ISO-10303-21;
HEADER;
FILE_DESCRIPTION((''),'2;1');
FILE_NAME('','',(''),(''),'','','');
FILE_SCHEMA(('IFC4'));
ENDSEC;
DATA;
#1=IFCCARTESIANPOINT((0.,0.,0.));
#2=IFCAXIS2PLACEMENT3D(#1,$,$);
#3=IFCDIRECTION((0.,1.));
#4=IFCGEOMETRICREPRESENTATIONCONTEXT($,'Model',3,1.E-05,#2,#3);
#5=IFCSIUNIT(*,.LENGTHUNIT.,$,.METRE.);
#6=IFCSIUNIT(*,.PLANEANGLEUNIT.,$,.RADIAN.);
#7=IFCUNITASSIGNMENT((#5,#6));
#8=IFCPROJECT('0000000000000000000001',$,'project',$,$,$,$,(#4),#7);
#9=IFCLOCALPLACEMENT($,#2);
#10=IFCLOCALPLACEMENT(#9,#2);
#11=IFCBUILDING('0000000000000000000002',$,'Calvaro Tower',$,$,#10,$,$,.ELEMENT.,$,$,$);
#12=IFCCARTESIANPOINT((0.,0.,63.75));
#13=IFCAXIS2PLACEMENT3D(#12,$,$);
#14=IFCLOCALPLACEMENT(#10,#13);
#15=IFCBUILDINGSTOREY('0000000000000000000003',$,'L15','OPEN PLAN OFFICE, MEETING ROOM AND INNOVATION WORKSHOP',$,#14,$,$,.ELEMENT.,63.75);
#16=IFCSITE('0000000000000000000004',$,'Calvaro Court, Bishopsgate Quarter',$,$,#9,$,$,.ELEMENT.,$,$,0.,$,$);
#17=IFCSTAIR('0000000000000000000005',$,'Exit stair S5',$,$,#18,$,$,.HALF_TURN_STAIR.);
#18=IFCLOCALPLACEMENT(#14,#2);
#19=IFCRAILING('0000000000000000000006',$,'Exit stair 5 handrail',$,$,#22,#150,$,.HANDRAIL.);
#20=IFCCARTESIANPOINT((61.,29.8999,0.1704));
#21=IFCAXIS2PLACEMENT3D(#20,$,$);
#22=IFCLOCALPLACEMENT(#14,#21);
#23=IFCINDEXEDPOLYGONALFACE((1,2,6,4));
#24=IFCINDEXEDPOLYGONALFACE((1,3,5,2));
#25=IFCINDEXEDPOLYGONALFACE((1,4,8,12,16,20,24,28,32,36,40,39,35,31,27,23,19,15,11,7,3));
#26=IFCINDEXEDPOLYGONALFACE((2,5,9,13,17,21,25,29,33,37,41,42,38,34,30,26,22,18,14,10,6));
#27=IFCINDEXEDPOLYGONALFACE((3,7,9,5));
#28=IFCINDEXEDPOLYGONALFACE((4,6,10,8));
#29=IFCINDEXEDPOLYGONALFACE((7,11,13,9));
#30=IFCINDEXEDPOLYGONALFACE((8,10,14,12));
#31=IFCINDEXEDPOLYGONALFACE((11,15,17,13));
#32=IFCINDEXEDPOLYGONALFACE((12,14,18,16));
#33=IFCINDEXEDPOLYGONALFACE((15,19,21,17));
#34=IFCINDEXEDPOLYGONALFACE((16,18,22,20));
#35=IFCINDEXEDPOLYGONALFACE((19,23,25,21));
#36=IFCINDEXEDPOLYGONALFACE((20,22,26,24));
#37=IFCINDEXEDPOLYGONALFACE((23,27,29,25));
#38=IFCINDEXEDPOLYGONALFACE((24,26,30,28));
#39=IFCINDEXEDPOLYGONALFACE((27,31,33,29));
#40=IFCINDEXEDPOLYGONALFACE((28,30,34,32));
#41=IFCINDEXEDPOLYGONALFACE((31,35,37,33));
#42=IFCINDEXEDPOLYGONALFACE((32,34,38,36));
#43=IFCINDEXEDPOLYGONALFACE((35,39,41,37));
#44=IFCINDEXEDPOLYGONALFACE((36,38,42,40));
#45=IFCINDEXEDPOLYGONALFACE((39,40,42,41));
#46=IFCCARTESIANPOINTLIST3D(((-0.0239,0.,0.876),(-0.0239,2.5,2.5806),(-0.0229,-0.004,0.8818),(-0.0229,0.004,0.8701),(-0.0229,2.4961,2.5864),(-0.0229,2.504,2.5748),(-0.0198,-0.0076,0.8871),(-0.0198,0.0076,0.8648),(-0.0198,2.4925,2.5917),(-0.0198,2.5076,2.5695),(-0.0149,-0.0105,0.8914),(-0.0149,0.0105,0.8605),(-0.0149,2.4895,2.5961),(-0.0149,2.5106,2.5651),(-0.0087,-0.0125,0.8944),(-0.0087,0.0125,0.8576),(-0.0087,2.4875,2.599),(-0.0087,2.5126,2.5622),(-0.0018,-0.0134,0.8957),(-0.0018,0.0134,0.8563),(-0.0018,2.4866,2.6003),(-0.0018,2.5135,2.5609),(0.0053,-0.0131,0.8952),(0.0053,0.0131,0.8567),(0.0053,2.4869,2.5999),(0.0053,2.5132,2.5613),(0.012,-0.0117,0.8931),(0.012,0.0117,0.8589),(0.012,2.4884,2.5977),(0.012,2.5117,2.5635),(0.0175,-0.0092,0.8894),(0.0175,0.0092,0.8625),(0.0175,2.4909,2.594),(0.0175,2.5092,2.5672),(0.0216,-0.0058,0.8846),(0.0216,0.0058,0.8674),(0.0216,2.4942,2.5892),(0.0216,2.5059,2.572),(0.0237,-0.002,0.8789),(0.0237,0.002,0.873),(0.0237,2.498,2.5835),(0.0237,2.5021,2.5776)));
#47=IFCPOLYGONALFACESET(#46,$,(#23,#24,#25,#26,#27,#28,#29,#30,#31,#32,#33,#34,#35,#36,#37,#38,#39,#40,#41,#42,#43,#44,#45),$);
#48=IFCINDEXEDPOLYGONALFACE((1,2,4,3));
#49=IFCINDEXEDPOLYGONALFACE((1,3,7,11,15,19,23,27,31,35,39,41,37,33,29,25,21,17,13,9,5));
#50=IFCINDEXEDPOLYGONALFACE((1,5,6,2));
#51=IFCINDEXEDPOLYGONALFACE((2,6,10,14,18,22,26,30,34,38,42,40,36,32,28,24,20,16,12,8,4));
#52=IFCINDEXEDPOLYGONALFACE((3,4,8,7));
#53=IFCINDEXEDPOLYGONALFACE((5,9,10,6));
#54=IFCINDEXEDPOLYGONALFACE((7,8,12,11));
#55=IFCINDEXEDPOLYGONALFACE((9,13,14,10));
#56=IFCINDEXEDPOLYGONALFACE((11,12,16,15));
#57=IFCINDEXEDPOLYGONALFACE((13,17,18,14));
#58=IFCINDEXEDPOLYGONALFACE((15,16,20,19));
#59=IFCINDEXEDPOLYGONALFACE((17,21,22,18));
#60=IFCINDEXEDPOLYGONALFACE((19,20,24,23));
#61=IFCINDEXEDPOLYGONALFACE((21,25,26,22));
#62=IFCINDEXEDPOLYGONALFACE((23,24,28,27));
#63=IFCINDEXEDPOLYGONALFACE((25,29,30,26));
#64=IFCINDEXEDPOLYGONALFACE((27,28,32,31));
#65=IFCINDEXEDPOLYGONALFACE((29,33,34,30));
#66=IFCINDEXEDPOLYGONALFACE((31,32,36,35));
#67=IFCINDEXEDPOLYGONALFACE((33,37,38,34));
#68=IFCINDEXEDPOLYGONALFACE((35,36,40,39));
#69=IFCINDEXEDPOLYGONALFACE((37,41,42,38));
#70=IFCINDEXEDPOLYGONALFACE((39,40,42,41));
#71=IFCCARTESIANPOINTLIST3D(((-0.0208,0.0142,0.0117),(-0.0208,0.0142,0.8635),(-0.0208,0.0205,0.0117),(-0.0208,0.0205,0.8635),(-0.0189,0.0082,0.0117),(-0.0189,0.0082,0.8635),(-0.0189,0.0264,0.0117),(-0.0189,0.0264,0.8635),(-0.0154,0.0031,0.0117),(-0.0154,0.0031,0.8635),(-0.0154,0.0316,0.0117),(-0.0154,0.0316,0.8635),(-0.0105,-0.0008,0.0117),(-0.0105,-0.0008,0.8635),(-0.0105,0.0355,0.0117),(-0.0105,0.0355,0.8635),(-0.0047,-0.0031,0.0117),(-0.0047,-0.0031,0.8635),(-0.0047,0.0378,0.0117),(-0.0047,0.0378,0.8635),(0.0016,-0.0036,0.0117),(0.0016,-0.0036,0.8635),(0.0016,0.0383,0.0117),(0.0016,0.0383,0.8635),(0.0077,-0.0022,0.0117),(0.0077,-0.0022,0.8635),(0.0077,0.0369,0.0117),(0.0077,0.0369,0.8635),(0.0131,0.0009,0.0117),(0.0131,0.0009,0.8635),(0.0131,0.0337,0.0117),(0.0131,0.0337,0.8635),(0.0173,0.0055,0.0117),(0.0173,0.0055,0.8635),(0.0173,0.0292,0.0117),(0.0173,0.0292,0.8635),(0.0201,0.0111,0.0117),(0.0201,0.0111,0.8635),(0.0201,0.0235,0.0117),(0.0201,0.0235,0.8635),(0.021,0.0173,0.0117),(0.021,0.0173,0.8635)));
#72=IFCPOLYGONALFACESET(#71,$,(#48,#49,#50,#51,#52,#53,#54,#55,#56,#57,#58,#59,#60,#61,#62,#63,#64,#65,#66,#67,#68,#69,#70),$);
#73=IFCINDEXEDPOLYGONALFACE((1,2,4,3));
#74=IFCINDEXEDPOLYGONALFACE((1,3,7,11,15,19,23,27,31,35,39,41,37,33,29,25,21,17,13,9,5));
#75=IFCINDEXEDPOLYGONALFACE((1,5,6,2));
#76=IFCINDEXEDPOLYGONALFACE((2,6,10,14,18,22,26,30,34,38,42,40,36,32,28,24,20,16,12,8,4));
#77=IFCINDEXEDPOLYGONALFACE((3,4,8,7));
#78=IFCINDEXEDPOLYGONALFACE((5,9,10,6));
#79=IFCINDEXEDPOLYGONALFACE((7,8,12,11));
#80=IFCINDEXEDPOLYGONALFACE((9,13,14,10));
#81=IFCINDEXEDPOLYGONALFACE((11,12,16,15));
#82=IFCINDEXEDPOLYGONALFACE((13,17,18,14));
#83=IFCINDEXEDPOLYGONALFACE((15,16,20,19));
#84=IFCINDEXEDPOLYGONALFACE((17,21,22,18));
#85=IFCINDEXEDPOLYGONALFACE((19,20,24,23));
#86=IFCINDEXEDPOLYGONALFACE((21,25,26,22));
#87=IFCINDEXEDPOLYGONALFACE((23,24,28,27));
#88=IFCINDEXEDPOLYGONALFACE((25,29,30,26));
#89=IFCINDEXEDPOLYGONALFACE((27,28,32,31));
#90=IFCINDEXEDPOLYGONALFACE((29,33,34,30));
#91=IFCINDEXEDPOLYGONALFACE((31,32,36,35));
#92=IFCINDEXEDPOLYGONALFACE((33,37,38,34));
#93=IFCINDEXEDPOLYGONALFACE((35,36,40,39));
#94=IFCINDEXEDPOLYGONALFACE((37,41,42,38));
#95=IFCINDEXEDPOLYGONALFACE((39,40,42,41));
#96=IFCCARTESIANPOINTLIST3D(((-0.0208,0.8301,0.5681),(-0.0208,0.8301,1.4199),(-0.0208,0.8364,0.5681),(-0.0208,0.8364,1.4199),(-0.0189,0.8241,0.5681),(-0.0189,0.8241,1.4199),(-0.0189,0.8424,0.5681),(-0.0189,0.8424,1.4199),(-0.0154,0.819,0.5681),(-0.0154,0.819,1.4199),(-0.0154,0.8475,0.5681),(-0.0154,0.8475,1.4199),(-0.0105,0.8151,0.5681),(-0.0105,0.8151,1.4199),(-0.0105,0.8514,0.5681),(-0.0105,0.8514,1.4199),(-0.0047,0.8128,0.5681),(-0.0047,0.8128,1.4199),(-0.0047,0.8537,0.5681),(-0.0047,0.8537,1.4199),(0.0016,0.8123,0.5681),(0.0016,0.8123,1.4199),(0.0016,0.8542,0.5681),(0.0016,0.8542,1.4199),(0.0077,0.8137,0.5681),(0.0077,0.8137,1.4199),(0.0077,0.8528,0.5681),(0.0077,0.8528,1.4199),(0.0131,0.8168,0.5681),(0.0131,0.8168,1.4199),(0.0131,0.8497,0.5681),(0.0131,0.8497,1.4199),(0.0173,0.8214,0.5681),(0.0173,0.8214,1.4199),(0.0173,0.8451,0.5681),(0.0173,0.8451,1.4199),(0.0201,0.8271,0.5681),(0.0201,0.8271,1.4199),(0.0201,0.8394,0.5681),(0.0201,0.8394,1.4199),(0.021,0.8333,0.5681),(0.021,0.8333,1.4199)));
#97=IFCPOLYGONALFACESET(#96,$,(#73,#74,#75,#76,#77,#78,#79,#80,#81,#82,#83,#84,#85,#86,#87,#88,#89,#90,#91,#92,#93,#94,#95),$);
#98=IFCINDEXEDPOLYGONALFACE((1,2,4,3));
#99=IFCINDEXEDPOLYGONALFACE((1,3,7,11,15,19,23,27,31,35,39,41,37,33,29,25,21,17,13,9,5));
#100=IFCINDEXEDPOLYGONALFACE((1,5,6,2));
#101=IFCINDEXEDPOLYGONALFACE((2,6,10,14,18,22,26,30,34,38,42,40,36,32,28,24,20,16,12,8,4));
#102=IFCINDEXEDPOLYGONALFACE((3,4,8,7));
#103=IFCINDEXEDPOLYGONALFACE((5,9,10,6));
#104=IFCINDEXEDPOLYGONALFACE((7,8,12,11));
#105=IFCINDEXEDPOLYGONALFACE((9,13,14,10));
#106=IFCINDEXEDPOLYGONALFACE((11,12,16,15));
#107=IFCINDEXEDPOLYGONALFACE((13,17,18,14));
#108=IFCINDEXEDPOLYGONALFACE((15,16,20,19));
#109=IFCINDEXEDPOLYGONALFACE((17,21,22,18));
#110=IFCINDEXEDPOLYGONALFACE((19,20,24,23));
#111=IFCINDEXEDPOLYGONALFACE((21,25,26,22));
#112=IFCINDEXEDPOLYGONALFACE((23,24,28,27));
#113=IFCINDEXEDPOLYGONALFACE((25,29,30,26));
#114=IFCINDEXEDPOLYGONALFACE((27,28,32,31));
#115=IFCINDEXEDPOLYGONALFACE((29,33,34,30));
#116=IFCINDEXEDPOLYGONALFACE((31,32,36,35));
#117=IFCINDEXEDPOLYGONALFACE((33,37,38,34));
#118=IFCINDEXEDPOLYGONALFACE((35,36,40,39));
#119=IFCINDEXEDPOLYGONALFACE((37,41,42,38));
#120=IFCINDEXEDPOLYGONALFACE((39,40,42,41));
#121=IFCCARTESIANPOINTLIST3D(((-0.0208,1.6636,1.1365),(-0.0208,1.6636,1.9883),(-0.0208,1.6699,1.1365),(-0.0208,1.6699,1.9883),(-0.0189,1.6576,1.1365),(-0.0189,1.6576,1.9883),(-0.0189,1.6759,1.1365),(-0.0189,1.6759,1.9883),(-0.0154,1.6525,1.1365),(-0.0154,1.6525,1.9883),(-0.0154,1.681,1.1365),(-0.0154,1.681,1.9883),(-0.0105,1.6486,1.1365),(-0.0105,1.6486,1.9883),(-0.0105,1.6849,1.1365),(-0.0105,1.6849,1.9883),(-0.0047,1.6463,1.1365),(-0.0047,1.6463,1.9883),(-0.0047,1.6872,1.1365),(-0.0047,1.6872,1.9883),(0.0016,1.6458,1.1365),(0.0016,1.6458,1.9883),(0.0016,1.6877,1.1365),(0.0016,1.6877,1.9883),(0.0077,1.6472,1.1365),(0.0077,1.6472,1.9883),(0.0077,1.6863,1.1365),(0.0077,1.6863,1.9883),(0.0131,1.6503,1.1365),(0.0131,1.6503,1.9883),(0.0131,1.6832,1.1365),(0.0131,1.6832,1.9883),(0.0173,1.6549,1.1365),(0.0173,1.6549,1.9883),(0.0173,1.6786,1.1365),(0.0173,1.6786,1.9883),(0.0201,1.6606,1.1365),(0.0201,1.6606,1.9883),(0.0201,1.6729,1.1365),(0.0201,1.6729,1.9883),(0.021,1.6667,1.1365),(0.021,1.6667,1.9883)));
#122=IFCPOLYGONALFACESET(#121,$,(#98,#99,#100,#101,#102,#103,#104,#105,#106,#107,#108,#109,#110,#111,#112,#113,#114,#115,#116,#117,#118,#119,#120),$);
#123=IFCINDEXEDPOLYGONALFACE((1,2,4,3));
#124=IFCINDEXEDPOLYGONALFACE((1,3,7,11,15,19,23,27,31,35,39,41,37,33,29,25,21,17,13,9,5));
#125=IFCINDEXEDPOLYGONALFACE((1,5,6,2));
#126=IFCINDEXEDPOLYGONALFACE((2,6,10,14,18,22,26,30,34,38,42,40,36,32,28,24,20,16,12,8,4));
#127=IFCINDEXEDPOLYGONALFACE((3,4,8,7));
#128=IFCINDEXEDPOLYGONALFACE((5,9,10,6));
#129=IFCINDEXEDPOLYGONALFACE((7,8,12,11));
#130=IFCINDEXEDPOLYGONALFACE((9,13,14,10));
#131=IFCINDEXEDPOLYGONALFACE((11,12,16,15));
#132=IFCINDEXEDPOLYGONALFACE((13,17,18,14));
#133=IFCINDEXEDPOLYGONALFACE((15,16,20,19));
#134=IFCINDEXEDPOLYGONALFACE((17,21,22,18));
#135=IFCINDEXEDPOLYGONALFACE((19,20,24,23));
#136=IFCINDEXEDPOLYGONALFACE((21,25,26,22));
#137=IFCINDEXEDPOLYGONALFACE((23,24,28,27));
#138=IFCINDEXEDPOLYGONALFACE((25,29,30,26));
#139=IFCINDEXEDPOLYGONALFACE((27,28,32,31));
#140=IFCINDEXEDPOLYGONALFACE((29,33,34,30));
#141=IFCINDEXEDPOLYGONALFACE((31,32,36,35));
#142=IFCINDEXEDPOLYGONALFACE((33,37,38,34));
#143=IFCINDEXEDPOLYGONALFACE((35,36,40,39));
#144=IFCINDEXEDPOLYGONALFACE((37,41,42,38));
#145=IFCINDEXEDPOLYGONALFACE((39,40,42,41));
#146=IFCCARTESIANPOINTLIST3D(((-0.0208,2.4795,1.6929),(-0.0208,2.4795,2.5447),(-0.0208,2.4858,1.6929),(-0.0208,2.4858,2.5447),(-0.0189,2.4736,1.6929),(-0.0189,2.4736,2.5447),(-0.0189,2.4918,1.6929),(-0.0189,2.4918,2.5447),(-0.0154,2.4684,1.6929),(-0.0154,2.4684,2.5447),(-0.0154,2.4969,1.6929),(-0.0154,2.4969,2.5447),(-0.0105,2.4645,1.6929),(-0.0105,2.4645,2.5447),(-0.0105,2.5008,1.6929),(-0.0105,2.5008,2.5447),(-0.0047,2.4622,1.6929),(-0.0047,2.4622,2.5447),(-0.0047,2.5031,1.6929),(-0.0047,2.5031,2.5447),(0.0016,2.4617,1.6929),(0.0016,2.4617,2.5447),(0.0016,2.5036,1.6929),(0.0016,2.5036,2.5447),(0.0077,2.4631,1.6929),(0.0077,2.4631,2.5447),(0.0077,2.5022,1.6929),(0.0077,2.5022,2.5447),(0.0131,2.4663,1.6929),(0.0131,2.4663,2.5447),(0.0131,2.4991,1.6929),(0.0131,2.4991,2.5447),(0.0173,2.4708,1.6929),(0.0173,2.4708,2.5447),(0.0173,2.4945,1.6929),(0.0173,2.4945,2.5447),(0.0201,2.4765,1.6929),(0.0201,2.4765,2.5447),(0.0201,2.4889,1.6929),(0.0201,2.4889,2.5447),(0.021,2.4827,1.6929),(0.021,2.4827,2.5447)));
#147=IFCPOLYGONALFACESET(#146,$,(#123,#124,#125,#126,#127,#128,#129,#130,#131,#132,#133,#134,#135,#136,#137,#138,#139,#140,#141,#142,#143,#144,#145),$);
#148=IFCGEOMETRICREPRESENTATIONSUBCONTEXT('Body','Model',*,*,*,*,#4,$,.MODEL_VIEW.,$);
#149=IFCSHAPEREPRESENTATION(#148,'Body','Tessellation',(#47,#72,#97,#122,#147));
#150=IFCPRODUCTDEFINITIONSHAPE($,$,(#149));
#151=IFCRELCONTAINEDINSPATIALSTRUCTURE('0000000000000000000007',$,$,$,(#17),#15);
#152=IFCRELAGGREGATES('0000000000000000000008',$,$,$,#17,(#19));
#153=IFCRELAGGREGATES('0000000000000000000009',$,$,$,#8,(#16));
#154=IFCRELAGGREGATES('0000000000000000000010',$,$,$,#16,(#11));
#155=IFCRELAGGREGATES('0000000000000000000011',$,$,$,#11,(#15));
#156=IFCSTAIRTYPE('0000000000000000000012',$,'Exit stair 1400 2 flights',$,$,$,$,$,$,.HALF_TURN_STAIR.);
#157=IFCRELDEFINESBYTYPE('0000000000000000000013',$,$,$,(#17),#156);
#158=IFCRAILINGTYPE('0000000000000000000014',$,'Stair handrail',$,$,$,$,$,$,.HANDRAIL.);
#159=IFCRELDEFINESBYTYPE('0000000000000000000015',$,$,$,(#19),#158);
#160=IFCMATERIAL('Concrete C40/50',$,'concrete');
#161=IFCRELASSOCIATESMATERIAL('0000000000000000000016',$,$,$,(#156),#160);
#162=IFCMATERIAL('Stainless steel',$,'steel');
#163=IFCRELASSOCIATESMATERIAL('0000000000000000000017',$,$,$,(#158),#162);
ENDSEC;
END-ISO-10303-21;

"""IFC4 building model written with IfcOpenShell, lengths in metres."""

from ifc_helpers import new_model, si_unit, direction, frame, origin, origin_2d, place, context, subcontext, project, spatial, circle, extrude, material, type_object, element, aggregate, save


model = new_model("IFC4")

# Units and contexts
model_context = context("Model", 3, precision=1e-05, world=origin(), true_north=direction((0.0, 1.0)))
body_context = subcontext(model_context, "Body", "Model", "MODEL_VIEW")
ifc_project = project(units=[si_unit("LENGTHUNIT", "METRE"), si_unit("PLANEANGLEUNIT", "RADIAN")], contexts=[model_context])

# Site, building, storey
site_placement = place(None, origin())
site = spatial("IfcSite", under=ifc_project, at=site_placement, Name="Calvaro Court, Bishopsgate Quarter", CompositionType="ELEMENT", RefElevation=0.0)
building_placement = place(site_placement, origin())
building = spatial("IfcBuilding", under=site, at=building_placement, Name="Calvaro Tower", CompositionType="ELEMENT")
storey_placement = place(building_placement, frame((0.0, 0.0, 63.75)))
storey = spatial("IfcBuildingStorey", under=building, at=storey_placement, Name="L15", Description="OPEN PLAN OFFICE, MEETING ROOM AND INNOVATION WORKSHOP", CompositionType="ELEMENT", Elevation=63.75)

# Stair, railing
ifc_material_1 = material(Name="Concrete C40/50", Category="concrete")
stair_type = type_object("IfcStairType", Name="Exit stair 1400 2 flights", PredefinedType="HALF_TURN_STAIR", material=ifc_material_1)
stair_placement = place(storey_placement, origin())
stair = element("IfcStair", 1, at=stair_placement, inside=storey, type_object=stair_type, Name="Exit stair S5", PredefinedType="HALF_TURN_STAIR")
ifc_material_2 = material(Name="Stainless steel", Category="steel")
railing_type = type_object("IfcRailingType", Name="Stair handrail", PredefinedType="HANDRAIL", material=ifc_material_2)
railing_placement = place(storey_placement, frame((61.0, 29.8999, 0.1704)))
railing = element("IfcRailing", 2, at=railing_placement, type_object=railing_type, Name="Exit stair 5 handrail", PredefinedType="HANDRAIL", context=body_context, shape_type="SweptSolid", body=[
    extrude(circle(Radius=0.0239, at=origin_2d()), frame((0.0, 0.0, 0.876), z_axis=(0.0, 0.826221, 0.563347), x_axis=(-1.0, 0.0, 0.0)), (0.0, 0.0, 1.0), 3.0259),
    extrude(circle(Radius=0.021, at=origin_2d()), frame((0.0, 0.0173, 0.0117)), (0.0, 0.0, 1.0), 0.8518),
    extrude(circle(Radius=0.021, at=origin_2d()), frame((0.0, 0.8333, 0.5681)), (0.0, 0.0, 1.0), 0.8518),
    extrude(circle(Radius=0.021, at=origin_2d()), frame((0.0, 1.6667, 1.1365)), (0.0, 0.0, 1.0), 0.8518),
    extrude(circle(Radius=0.021, at=origin_2d()), frame((0.0, 2.4827, 1.6929)), (0.0, 0.0, 1.0), 0.8518),
])
aggregate(stair, [railing])

save(model, "model.ifc")
